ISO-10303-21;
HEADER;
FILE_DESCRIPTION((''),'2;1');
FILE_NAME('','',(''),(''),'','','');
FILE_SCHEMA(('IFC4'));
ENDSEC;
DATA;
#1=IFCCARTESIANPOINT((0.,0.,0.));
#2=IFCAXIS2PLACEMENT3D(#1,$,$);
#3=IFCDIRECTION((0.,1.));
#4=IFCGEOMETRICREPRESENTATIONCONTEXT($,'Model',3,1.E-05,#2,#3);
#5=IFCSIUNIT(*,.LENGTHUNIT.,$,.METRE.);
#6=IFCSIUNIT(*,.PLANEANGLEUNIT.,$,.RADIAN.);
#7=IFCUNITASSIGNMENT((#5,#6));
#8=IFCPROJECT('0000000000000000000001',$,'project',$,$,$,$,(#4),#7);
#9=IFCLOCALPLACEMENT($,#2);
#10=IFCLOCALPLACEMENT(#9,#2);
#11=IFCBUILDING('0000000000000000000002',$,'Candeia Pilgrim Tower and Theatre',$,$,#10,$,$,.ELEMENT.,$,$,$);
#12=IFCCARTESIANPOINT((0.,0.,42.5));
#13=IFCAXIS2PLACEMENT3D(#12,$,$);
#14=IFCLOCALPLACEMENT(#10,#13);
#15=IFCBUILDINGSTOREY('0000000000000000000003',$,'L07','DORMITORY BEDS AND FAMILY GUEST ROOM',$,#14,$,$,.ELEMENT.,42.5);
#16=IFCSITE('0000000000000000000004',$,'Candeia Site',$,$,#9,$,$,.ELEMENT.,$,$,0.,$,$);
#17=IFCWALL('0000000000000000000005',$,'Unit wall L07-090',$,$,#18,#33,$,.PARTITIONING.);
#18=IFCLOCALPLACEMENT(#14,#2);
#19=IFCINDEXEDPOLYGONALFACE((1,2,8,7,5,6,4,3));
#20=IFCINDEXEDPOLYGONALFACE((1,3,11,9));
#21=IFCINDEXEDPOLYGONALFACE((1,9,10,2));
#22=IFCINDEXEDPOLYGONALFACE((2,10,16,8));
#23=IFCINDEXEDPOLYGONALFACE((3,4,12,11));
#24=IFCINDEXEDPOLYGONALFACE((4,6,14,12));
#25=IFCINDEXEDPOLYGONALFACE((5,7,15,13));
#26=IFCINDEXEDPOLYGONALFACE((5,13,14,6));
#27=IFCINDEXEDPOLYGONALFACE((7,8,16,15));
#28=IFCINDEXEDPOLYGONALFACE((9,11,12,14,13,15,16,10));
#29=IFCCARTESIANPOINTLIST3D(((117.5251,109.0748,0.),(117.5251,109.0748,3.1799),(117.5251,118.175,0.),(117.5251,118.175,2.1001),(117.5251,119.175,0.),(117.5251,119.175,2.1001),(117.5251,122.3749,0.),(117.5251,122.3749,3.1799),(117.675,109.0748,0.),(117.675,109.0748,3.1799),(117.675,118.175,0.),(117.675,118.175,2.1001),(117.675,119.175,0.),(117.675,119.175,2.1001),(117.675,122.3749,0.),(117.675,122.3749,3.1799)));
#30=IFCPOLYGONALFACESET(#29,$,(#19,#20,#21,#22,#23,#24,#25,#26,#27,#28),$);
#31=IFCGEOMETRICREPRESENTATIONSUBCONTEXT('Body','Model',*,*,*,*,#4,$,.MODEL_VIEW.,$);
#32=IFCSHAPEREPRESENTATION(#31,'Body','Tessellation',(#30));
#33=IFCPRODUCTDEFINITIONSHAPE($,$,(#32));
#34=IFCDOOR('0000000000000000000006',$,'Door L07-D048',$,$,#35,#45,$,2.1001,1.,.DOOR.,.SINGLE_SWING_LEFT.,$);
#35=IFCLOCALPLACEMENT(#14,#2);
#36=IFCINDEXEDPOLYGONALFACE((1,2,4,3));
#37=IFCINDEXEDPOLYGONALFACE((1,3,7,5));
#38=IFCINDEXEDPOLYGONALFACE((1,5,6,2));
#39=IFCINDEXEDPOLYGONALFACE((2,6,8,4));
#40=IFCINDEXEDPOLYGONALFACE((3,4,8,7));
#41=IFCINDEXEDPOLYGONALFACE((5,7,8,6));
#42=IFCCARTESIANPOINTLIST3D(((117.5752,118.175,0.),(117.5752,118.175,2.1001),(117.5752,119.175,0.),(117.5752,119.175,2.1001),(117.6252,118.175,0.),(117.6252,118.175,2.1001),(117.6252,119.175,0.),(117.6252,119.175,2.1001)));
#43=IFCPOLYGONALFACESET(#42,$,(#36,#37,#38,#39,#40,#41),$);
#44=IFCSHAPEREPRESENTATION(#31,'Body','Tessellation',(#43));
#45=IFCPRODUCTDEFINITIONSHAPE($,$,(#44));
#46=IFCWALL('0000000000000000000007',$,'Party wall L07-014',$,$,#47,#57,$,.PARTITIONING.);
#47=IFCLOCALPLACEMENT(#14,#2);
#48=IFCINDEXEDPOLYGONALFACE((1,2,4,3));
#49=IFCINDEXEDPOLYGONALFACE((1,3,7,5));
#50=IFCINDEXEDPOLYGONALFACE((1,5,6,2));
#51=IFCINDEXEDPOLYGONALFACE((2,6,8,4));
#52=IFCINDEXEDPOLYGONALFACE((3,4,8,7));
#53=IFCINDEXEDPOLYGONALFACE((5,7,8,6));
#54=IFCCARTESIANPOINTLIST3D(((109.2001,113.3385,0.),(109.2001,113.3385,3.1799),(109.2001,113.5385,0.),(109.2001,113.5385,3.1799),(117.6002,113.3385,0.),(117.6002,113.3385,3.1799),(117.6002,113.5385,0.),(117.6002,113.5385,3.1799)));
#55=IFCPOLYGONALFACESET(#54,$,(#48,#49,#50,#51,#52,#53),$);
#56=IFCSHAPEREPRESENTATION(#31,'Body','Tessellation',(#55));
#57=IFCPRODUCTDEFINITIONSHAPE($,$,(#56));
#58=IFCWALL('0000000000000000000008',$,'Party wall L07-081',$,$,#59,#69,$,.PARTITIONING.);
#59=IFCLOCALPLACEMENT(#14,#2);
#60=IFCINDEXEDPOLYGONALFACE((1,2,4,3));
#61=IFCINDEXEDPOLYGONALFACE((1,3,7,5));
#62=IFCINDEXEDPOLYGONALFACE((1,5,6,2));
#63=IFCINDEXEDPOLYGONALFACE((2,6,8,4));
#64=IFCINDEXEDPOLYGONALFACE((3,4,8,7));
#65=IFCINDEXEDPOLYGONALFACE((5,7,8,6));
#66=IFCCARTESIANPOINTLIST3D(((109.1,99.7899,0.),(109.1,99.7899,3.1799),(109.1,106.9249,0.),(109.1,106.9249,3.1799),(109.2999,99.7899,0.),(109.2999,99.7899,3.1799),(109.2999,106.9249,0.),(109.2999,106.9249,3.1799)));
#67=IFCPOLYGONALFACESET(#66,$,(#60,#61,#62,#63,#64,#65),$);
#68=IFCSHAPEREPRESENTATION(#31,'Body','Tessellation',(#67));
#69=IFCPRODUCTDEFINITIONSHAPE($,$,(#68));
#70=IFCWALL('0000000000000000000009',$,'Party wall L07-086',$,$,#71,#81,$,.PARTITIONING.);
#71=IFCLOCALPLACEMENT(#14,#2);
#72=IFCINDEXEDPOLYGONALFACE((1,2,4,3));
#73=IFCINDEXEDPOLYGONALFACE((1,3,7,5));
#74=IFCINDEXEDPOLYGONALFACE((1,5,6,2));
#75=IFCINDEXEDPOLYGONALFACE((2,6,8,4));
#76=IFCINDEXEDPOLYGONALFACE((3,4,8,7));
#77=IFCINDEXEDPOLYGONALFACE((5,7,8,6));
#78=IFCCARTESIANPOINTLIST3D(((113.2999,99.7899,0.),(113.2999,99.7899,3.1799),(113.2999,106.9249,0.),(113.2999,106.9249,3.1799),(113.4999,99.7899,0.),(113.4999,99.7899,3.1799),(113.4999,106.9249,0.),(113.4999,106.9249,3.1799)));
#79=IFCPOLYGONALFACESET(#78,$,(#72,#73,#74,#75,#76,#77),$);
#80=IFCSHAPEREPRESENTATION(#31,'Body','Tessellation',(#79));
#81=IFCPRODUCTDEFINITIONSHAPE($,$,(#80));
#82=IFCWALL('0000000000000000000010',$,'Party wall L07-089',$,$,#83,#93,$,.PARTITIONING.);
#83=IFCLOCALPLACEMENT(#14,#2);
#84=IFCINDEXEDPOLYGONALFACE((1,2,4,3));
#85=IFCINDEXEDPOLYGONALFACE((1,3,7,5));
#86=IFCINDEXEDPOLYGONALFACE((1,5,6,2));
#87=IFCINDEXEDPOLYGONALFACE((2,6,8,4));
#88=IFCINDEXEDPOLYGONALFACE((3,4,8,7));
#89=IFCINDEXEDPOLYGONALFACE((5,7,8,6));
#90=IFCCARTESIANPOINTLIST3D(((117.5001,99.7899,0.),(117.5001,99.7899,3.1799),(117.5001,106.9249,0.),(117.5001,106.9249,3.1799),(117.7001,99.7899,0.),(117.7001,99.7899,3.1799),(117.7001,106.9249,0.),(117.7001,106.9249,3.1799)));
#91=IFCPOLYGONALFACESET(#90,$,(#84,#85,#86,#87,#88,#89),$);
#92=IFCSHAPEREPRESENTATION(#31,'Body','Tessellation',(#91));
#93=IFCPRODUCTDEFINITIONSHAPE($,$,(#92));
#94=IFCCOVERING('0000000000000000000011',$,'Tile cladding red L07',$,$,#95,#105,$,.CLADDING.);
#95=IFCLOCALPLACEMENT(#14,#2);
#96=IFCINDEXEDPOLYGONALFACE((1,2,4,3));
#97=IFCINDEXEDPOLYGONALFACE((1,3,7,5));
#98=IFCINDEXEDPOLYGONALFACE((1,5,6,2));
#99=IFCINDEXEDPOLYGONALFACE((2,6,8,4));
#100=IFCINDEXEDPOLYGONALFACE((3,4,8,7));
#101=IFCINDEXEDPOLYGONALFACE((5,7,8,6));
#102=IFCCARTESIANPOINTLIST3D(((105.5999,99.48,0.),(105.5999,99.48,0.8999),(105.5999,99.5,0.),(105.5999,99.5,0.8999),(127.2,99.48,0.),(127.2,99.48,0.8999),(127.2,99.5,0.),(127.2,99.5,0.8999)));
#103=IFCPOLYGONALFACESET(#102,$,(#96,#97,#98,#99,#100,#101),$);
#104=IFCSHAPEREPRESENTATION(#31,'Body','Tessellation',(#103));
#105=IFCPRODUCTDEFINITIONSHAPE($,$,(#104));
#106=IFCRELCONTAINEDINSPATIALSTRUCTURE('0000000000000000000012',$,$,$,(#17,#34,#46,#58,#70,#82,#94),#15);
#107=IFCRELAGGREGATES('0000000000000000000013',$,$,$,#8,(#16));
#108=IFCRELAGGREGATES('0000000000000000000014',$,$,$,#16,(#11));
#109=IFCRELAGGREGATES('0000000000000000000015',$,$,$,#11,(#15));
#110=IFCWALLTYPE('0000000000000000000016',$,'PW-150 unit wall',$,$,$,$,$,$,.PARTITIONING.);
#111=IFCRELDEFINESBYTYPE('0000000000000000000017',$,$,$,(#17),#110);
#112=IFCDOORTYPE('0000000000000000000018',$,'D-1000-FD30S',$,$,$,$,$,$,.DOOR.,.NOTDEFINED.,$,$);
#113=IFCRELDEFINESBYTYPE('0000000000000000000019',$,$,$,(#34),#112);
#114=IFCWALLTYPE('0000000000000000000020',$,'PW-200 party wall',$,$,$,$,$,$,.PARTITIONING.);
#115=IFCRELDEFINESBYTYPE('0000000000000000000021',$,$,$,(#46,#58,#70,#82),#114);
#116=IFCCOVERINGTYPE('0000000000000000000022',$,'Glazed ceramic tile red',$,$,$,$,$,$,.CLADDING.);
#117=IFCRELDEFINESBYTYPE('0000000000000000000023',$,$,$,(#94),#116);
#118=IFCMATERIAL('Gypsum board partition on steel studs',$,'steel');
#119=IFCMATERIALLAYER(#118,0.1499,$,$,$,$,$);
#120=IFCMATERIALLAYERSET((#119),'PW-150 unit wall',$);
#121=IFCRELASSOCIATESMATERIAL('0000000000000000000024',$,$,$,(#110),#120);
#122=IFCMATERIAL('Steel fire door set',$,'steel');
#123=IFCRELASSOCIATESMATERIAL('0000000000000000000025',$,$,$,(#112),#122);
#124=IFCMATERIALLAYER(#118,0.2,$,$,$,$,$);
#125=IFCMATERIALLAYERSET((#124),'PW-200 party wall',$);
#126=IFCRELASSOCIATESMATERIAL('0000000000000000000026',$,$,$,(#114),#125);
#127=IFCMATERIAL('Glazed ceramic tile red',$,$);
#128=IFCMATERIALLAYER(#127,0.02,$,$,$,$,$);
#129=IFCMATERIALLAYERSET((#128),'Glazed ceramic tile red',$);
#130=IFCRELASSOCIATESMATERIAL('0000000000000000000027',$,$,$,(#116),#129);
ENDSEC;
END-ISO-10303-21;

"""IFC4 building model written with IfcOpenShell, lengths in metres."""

from ifc_helpers import new_model, si_unit, direction, frame, frame_2d, origin, origin_2d, place, context, subcontext, project, spatial, rectangle, extrude, material, layer, layer_set, type_object, element, fill, save


model = new_model("IFC4")

# Units and contexts
model_context = context("Model", 3, precision=1e-05, world=origin(), true_north=direction((0.0, 1.0)))
body_context = subcontext(model_context, "Body", "Model", "MODEL_VIEW")
ifc_project = project(units=[si_unit("LENGTHUNIT", "METRE"), si_unit("PLANEANGLEUNIT", "RADIAN")], contexts=[model_context])

# Site, building, storey
site_placement = place(None, origin())
site = spatial("IfcSite", under=ifc_project, at=site_placement, Name="Candeia Site", CompositionType="ELEMENT", RefElevation=0.0)
building_placement = place(site_placement, origin())
building = spatial("IfcBuilding", under=site, at=building_placement, Name="Candeia Pilgrim Tower and Theatre", CompositionType="ELEMENT")
storey_placement = place(building_placement, frame((0.0, 0.0, 42.5)))
storey = spatial("IfcBuildingStorey", under=building, at=storey_placement, Name="L07", Description="DORMITORY BEDS AND FAMILY GUEST ROOM", CompositionType="ELEMENT", Elevation=42.5)

# Shared definitions
ifc_material_1 = material(Name="Gypsum board partition on steel studs", Category="steel")

# Shared definitions
ifc_layer_1 = layer(ifc_material_1, 0.1499)
ifc_layer_set_1 = layer_set([ifc_layer_1], Name="PW-150 unit wall")
wall_type_1 = type_object("IfcWallType", Name="PW-150 unit wall", PredefinedType="PARTITIONING", material=ifc_layer_set_1)

# Wall, opening, door
wall_1_placement = place(storey_placement, frame((117.6001, 109.075, 0.0), z_axis=(0.0, 0.0, 1.0), x_axis=(0.0, 1.0, 0.0)))
wall_1 = element("IfcWall", 1, at=wall_1_placement, inside=storey, type_object=wall_type_1, Name="Unit wall L07-090", PredefinedType="PARTITIONING", context=body_context, shape_type="SweptSolid", body=[
    extrude(rectangle(XDim=13.3, YDim=0.1499, at=frame_2d((6.6499, 0.0))), origin(), (0.0, 0.0, 1.0), 3.1799),
])
opening_1_placement = place(wall_1_placement, frame((9.1001, 0.0, 0.0)))
opening_1 = element("IfcOpeningElement", 2, at=opening_1_placement, cuts=wall_1, PredefinedType="OPENING", context=body_context, shape_type="SweptSolid", body=[
    extrude(rectangle(XDim=1.0, YDim=2.1001, at=frame_2d((0.5, 1.05))), frame((0.0, 0.085, 0.0), z_axis=(0.0, -1.0, 0.0), x_axis=(1.0, 0.0, 0.0)), (0.0, 0.0, 1.0), 0.1699),
])
ifc_material_2 = material(Name="Steel fire door set", Category="steel")
door_type_1 = type_object("IfcDoorType", Name="D-1000-FD30S", OperationType="NOTDEFINED", PredefinedType="DOOR", material=ifc_material_2)
door_1_placement = place(opening_1_placement, origin())
door_1 = element("IfcDoor", 3, at=door_1_placement, inside=storey, type_object=door_type_1, Name="Door L07-D048", OperationType="SINGLE_SWING_LEFT", OverallHeight=2.1001, OverallWidth=1.0, PredefinedType="DOOR", context=body_context, shape_type="SweptSolid", body=[
    extrude(rectangle(XDim=1.0, YDim=2.1001, at=frame_2d((0.5, 1.05))), frame((0.0, 0.0249, 0.0), z_axis=(0.0, -1.0, 0.0), x_axis=(1.0, 0.0, 0.0)), (0.0, 0.0, 1.0), 0.05),
])
fill(opening_1, door_1)

# Walls
ifc_layer_2 = layer(ifc_material_1, 0.2)
ifc_layer_set_2 = layer_set([ifc_layer_2], Name="PW-200 party wall")
wall_type_2 = type_object("IfcWallType", Name="PW-200 party wall", PredefinedType="PARTITIONING", material=ifc_layer_set_2)
wall_2_placement = place(storey_placement, frame((109.2, 113.4385, 0.0), z_axis=(0.0, 0.0, 1.0), x_axis=(1.0, 0.0, 0.0)))
element("IfcWall", 4, at=wall_2_placement, inside=storey, type_object=wall_type_2, Name="Party wall L07-014", PredefinedType="PARTITIONING", context=body_context, shape_type="SweptSolid", body=[
    extrude(rectangle(XDim=8.4001, YDim=0.2, at=frame_2d((4.2002, 0.0))), origin(), (0.0, 0.0, 1.0), 3.1799),
])
for number, where, z_axis, x_axis, name in (
    (5, (109.2, 99.79, 0.0), (0.0, 0.0, 1.0), (0.0, 1.0, 0.0), "Party wall L07-081"),
    (6, (113.3999, 99.79, 0.0), (0.0, 0.0, 1.0), (0.0, 1.0, 0.0), "Party wall L07-086"),
    (7, (117.6001, 99.79, 0.0), (0.0, 0.0, 1.0), (0.0, 1.0, 0.0), "Party wall L07-089"),
):
    element("IfcWall", number, at=place(storey_placement, frame(where, z_axis=z_axis, x_axis=x_axis)), inside=storey, type_object=wall_type_2, Name=name, PredefinedType="PARTITIONING", context=body_context, shape_type="SweptSolid", body=[
        extrude(rectangle(XDim=7.135, YDim=0.2, at=frame_2d((3.5674, 0.0))), origin(), (0.0, 0.0, 1.0), 3.1799),
    ])

# Covering
ifc_material_3 = material(Name="Glazed ceramic tile red")
ifc_layer_3 = layer(ifc_material_3, 0.02)
ifc_layer_set_3 = layer_set([ifc_layer_3], Name="Glazed ceramic tile red")
covering_type = type_object("IfcCoveringType", Name="Glazed ceramic tile red", PredefinedType="CLADDING", material=ifc_layer_set_3)
covering_placement = place(storey_placement, frame((116.3999, 99.49, 0.0), z_axis=(0.0, 0.0, 1.0), x_axis=(1.0, 0.0, 0.0)))
element("IfcCovering", 8, at=covering_placement, inside=storey, type_object=covering_type, Name="Tile cladding red L07", PredefinedType="CLADDING", context=body_context, shape_type="SweptSolid", body=[
    extrude(rectangle(XDim=21.6001, YDim=0.02, at=origin_2d()), origin(), (0.0, 0.0, 1.0), 0.8999),
])

save(model, "model.ifc")
